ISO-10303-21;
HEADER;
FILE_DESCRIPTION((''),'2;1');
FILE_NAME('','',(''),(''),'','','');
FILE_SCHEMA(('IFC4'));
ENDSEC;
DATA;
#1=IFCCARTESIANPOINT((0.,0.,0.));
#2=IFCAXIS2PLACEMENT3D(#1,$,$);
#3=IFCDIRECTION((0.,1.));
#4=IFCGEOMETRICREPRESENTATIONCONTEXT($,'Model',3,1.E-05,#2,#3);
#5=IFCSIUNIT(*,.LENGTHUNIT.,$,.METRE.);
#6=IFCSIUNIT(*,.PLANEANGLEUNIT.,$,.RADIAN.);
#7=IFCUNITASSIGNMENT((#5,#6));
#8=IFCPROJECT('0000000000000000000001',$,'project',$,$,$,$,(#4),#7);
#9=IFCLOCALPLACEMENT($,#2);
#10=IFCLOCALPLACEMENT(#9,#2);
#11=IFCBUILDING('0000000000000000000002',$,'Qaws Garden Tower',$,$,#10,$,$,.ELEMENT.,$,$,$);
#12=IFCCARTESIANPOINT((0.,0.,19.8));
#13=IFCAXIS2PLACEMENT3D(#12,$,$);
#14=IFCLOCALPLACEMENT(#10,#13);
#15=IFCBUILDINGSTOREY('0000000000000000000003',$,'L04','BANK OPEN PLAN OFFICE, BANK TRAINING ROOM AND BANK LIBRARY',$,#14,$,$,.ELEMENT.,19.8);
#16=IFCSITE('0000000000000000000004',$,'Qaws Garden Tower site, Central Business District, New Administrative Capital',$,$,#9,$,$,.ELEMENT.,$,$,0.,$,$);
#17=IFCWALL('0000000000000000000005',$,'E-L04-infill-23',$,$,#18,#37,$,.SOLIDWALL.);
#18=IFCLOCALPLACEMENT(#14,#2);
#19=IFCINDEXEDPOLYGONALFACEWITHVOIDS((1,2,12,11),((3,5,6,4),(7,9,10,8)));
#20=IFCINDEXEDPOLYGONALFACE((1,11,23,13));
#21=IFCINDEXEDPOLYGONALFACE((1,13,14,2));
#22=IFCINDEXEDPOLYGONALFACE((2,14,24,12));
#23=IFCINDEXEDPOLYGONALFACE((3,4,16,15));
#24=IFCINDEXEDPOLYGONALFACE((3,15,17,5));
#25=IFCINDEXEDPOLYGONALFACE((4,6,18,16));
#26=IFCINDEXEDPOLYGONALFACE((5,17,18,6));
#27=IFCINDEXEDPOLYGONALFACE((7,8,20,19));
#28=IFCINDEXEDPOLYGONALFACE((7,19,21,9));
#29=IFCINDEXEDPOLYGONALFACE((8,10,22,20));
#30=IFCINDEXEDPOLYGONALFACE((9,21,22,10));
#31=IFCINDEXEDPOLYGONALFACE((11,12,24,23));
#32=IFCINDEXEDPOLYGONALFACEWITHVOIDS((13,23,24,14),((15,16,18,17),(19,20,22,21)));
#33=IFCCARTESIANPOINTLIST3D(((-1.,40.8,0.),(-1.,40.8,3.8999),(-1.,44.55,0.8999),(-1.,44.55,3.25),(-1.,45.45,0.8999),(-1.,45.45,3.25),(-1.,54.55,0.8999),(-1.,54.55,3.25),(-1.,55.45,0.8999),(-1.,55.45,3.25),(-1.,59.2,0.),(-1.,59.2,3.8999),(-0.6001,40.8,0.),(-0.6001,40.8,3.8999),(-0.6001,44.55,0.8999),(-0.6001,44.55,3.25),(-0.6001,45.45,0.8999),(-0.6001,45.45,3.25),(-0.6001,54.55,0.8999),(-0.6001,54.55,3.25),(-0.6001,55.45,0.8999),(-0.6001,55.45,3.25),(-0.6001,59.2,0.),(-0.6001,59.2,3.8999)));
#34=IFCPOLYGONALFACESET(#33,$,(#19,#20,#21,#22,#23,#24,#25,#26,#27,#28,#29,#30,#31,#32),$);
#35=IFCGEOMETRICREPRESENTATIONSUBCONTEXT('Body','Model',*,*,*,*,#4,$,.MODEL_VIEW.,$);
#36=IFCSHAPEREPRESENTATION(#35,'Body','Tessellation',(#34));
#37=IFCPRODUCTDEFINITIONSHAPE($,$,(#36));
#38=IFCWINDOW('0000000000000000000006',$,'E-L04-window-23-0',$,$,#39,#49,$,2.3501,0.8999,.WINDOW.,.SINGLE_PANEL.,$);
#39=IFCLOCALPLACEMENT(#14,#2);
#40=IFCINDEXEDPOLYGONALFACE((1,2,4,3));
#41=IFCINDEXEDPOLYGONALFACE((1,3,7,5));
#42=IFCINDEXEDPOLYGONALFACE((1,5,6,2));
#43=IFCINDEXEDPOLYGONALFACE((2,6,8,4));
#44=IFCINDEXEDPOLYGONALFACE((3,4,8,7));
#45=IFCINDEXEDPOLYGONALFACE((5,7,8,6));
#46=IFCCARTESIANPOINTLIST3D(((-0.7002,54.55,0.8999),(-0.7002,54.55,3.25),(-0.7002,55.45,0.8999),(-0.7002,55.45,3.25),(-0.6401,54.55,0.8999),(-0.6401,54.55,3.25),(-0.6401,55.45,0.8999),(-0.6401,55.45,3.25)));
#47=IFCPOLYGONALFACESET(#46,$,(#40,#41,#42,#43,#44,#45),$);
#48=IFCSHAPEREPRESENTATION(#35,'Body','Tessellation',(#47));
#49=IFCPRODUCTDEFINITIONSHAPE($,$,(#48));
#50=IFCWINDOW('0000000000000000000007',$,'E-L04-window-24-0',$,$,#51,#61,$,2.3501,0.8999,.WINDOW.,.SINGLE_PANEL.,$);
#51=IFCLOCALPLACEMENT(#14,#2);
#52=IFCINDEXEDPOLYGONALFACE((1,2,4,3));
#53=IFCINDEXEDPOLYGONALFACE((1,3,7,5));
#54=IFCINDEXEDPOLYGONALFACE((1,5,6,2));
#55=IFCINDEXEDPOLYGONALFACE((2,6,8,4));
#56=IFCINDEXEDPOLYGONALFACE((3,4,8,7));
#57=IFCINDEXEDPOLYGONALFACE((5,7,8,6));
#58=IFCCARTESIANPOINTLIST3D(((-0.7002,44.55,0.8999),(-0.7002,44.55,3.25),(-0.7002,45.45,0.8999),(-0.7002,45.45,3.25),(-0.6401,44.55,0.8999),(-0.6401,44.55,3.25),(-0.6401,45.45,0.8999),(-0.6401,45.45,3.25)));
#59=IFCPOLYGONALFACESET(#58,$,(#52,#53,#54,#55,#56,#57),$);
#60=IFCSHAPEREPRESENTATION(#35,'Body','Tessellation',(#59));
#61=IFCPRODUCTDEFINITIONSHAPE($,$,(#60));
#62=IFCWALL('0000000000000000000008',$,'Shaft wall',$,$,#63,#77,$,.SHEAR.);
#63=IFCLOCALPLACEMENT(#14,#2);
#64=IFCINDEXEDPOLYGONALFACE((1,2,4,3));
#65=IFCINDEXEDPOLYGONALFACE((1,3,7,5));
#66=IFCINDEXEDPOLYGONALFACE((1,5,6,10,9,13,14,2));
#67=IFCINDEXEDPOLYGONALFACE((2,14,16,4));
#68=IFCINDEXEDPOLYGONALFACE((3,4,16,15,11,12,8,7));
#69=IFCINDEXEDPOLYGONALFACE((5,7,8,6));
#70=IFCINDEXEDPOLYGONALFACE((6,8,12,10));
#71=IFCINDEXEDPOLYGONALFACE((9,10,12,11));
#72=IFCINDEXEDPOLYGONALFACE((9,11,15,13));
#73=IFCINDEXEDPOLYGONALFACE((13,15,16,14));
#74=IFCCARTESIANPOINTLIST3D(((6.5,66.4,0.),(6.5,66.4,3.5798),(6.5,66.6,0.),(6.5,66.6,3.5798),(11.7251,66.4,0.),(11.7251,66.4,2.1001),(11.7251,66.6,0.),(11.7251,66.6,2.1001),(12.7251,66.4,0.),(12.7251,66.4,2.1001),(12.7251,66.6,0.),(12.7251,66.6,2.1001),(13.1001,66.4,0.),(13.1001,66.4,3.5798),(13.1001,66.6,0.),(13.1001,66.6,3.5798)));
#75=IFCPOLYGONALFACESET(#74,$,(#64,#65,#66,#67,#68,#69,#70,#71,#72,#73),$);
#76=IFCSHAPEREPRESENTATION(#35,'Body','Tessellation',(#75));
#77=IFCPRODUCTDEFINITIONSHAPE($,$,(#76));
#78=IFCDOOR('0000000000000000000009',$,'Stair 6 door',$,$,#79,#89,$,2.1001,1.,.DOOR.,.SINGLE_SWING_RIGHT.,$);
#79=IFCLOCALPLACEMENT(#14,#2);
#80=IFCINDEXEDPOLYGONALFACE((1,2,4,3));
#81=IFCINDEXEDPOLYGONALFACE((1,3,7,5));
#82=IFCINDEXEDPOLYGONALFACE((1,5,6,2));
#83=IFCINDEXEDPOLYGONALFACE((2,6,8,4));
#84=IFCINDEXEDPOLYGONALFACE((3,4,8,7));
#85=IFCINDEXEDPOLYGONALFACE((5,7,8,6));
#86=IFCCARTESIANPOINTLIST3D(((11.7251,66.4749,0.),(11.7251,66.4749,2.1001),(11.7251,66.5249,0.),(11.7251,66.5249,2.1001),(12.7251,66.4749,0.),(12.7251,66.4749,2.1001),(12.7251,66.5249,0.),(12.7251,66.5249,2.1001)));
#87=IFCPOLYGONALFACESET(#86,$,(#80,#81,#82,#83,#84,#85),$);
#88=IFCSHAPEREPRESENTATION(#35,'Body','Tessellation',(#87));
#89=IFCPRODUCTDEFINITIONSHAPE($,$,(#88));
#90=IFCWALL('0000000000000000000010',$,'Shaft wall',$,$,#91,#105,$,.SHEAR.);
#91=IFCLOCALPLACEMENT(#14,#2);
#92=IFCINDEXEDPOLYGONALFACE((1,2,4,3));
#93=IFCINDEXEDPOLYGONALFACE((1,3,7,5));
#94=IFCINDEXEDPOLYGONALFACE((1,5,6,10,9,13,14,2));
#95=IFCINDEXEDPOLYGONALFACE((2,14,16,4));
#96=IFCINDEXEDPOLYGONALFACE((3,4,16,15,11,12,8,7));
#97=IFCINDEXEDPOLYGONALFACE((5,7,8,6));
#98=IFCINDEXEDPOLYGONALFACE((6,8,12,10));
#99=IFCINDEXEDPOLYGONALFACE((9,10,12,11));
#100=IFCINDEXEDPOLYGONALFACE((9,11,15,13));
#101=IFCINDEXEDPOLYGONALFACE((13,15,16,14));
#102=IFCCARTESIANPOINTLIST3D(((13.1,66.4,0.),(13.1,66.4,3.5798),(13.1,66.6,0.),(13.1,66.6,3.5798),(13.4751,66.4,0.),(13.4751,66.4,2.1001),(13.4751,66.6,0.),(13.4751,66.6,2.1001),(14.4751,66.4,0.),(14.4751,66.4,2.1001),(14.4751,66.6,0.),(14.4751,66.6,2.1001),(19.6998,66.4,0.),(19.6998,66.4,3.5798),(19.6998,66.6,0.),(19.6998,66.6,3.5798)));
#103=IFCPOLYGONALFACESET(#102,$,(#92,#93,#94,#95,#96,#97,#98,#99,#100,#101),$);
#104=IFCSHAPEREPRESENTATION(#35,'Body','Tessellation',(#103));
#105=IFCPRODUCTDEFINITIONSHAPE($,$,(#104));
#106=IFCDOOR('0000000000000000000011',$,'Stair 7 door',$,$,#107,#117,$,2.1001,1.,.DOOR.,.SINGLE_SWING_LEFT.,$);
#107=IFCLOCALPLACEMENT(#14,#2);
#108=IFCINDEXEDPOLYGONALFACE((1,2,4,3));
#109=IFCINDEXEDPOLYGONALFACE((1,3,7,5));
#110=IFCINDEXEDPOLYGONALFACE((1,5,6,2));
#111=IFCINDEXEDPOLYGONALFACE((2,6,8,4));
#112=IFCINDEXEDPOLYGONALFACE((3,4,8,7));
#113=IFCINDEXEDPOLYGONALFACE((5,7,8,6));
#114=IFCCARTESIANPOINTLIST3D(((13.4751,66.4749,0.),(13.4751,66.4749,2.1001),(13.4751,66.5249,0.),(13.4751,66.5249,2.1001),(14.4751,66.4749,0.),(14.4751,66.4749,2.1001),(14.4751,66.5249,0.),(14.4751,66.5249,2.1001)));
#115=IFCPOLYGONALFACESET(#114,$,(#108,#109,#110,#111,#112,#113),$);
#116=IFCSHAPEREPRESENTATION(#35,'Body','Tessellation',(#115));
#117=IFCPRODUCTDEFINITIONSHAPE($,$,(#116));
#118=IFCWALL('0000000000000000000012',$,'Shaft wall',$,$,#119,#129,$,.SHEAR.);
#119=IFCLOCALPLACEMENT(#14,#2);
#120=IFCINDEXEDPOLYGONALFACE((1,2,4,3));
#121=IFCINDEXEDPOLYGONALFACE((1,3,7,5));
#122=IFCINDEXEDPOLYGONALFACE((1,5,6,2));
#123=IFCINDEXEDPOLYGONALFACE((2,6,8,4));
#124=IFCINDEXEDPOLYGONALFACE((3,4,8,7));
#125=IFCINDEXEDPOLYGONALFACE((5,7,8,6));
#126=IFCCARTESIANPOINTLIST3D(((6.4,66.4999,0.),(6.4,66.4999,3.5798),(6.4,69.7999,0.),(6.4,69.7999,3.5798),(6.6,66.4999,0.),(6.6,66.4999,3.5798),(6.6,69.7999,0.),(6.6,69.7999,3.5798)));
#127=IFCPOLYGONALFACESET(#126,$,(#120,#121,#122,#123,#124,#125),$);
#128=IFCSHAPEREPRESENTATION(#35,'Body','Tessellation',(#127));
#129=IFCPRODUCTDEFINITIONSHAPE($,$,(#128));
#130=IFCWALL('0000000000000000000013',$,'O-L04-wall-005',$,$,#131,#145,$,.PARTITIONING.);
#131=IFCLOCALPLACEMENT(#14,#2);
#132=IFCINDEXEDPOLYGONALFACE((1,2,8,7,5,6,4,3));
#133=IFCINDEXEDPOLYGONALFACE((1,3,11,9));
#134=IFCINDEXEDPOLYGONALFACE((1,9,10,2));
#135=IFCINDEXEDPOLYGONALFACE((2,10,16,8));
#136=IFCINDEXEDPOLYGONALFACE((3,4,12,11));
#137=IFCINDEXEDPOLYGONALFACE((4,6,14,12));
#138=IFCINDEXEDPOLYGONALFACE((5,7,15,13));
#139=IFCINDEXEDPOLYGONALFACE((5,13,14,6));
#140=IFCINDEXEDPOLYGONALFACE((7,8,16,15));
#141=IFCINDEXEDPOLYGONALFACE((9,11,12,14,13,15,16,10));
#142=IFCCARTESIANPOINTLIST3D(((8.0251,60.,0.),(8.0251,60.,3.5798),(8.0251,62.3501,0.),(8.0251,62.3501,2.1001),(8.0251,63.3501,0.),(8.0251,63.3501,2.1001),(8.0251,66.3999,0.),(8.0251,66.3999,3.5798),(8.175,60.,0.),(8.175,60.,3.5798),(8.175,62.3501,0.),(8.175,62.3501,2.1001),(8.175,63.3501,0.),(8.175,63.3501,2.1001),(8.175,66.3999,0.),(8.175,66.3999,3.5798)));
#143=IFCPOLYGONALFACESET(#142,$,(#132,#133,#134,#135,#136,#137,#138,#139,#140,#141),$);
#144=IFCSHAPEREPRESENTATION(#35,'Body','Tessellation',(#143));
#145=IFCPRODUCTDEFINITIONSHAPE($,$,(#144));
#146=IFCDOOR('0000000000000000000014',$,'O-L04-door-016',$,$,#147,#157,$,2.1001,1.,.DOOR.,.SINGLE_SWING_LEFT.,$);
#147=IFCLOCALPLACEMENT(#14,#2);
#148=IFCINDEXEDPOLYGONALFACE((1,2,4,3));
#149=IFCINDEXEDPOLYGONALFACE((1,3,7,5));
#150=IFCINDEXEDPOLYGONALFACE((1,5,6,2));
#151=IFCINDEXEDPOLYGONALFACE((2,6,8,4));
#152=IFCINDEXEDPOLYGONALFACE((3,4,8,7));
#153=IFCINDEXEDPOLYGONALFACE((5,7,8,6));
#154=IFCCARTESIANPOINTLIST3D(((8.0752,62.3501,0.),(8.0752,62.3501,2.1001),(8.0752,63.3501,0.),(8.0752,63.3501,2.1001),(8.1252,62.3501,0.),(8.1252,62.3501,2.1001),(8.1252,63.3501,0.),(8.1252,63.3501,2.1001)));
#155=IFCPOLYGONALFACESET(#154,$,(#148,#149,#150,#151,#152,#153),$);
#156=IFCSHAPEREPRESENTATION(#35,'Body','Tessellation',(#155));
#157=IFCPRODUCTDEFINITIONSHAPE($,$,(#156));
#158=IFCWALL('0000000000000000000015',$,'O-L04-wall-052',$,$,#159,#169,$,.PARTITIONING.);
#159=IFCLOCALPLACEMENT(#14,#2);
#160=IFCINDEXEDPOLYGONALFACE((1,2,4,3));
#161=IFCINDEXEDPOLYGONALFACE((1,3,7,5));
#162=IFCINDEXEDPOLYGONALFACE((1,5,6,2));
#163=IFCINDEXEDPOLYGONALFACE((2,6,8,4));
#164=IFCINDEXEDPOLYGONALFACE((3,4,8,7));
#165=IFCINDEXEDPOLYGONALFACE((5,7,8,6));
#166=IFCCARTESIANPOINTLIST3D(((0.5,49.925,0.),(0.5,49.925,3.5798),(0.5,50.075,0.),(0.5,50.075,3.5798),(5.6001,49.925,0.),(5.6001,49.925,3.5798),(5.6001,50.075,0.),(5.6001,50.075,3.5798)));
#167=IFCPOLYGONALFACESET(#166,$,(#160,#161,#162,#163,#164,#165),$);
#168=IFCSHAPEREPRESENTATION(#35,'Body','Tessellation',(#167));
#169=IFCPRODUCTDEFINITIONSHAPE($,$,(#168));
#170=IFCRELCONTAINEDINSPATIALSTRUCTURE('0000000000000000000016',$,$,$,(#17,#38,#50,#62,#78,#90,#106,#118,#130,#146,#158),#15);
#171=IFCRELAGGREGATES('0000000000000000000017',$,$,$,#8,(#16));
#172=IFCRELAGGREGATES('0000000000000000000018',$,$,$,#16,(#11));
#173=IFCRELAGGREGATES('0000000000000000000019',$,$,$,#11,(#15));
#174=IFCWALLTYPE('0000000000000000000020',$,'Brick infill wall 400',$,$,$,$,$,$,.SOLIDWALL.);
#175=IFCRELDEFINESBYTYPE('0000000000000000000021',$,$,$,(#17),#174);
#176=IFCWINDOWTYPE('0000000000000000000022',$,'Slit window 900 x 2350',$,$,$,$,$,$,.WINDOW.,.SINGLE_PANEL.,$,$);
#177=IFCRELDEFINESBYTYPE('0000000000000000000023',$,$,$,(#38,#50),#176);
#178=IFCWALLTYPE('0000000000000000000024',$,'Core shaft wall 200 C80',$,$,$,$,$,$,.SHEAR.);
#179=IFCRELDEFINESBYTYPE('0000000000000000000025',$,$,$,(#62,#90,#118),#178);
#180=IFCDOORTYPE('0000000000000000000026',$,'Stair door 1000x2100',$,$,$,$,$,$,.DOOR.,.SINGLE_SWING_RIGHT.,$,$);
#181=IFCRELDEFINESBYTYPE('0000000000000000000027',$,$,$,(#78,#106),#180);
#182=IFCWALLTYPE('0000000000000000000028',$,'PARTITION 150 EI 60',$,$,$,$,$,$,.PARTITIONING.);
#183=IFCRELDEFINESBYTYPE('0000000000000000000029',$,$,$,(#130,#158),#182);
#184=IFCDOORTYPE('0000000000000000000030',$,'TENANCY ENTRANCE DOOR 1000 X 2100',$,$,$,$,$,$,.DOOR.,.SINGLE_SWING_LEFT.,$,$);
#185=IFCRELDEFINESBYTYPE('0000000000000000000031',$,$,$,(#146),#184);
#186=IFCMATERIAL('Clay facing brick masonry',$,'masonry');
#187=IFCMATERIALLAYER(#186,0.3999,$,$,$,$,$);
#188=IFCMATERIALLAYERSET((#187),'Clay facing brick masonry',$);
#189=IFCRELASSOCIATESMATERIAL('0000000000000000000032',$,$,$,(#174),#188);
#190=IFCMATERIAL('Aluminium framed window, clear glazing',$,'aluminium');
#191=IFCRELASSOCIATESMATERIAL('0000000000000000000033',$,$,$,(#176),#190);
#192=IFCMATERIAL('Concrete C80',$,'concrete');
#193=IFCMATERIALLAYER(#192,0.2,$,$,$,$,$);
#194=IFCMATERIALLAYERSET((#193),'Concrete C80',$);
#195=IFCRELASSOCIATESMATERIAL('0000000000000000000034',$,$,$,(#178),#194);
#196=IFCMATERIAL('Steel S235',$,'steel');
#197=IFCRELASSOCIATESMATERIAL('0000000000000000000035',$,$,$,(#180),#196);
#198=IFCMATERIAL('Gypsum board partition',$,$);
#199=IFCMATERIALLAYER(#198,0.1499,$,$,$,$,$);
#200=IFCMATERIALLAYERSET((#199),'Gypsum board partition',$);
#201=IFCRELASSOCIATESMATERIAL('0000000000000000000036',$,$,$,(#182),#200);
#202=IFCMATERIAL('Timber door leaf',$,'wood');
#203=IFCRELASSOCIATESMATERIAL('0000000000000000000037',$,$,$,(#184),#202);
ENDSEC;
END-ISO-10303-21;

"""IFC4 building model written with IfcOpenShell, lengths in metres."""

from ifc_helpers import new_model, si_unit, direction, frame, frame_2d, origin, place, context, subcontext, project, spatial, rectangle, extrude, material, layer, layer_set, type_object, element, fill, save


model = new_model("IFC4")

# Units and contexts
model_context = context("Model", 3, precision=1e-05, world=origin(), true_north=direction((0.0, 1.0)))
body_context = subcontext(model_context, "Body", "Model", "MODEL_VIEW")
ifc_project = project(units=[si_unit("LENGTHUNIT", "METRE"), si_unit("PLANEANGLEUNIT", "RADIAN")], contexts=[model_context])

# Site, building, storey
site_placement = place(None, origin())
site = spatial("IfcSite", under=ifc_project, at=site_placement, Name="Qaws Garden Tower site, Central Business District, New Administrative Capital", CompositionType="ELEMENT", RefElevation=0.0)
building_placement = place(site_placement, origin())
building = spatial("IfcBuilding", under=site, at=building_placement, Name="Qaws Garden Tower", CompositionType="ELEMENT")
storey_placement = place(building_placement, frame((0.0, 0.0, 19.8)))
storey = spatial("IfcBuildingStorey", under=building, at=storey_placement, Name="L04", Description="BANK OPEN PLAN OFFICE, BANK TRAINING ROOM AND BANK LIBRARY", CompositionType="ELEMENT", Elevation=19.8)

# Shared definitions
ifc_material_1 = material(Name="Clay facing brick masonry", Category="masonry")
ifc_layer_1 = layer(ifc_material_1, 0.3999)
ifc_layer_set_1 = layer_set([ifc_layer_1], Name="Clay facing brick masonry")
wall_type_1 = type_object("IfcWallType", Name="Brick infill wall 400", PredefinedType="SOLIDWALL", material=ifc_layer_set_1)

# Wall, openings, windows
wall_1_placement = place(storey_placement, frame((-0.8, 59.2, 0.0), z_axis=(0.0, 0.0, 1.0), x_axis=(0.0, -1.0, 0.0)))
wall_1 = element("IfcWall", 1, at=wall_1_placement, inside=storey, type_object=wall_type_1, Name="E-L04-infill-23", PredefinedType="SOLIDWALL", context=body_context, shape_type="SweptSolid", body=[
    extrude(rectangle(XDim=18.3999, YDim=0.3999, at=frame_2d((9.2, 0.0))), origin(), (0.0, 0.0, 1.0), 3.8999),
])
opening_1_placement = place(wall_1_placement, frame((3.75, 0.0, 0.8999)))
opening_1 = element("IfcOpeningElement", 2, at=opening_1_placement, cuts=wall_1, PredefinedType="OPENING", context=body_context, shape_type="SweptSolid", body=[
    extrude(rectangle(XDim=0.8999, YDim=2.3501, at=frame_2d((0.45, 1.175))), frame((0.0, 0.21, 0.0), z_axis=(0.0, -1.0, 0.0), x_axis=(1.0, 0.0, 0.0)), (0.0, 0.0, 1.0), 0.4199),
])
opening_2_placement = place(wall_1_placement, frame((13.75, 0.0, 0.8999)))
opening_2 = element("IfcOpeningElement", 3, at=opening_2_placement, cuts=wall_1, PredefinedType="OPENING", context=body_context, shape_type="SweptSolid", body=[
    extrude(rectangle(XDim=0.8999, YDim=2.3501, at=frame_2d((0.45, 1.175))), frame((0.0, 0.21, 0.0), z_axis=(0.0, -1.0, 0.0), x_axis=(1.0, 0.0, 0.0)), (0.0, 0.0, 1.0), 0.4199),
])
ifc_material_2 = material(Name="Aluminium framed window, clear glazing", Category="aluminium")
window_type_1 = type_object("IfcWindowType", Name="Slit window 900 x 2350", PartitioningType="SINGLE_PANEL", PredefinedType="WINDOW", material=ifc_material_2)
window_1_placement = place(opening_1_placement, origin())
window_1 = element("IfcWindow", 4, at=window_1_placement, inside=storey, type_object=window_type_1, Name="E-L04-window-23-0", OverallHeight=2.3501, OverallWidth=0.8999, PartitioningType="SINGLE_PANEL", PredefinedType="WINDOW", context=body_context, shape_type="SweptSolid", body=[
    extrude(rectangle(XDim=0.8999, YDim=2.3501, at=frame_2d((0.45, 1.175))), frame((0.0, 0.1599, 0.0), z_axis=(0.0, -1.0, 0.0), x_axis=(1.0, 0.0, 0.0)), (0.0, 0.0, 1.0), 0.0601),
])
fill(opening_1, window_1)
window_2_placement = place(opening_2_placement, origin())
window_2 = element("IfcWindow", 5, at=window_2_placement, inside=storey, type_object=window_type_1, Name="E-L04-window-24-0", OverallHeight=2.3501, OverallWidth=0.8999, PartitioningType="SINGLE_PANEL", PredefinedType="WINDOW", context=body_context, shape_type="SweptSolid", body=[
    extrude(rectangle(XDim=0.8999, YDim=2.3501, at=frame_2d((0.45, 1.175))), frame((0.0, 0.1599, 0.0), z_axis=(0.0, -1.0, 0.0), x_axis=(1.0, 0.0, 0.0)), (0.0, 0.0, 1.0), 0.0601),
])
fill(opening_2, window_2)

# Walls, openings, doors
ifc_material_3 = material(Name="Concrete C80", Category="concrete")
ifc_layer_2 = layer(ifc_material_3, 0.2)
ifc_layer_set_2 = layer_set([ifc_layer_2], Name="Concrete C80")
wall_type_2 = type_object("IfcWallType", Name="Core shaft wall 200 C80", PredefinedType="SHEAR", material=ifc_layer_set_2)
wall_2_placement = place(storey_placement, frame((6.5, 66.5, 0.0), z_axis=(0.0, 0.0, 1.0), x_axis=(1.0, 0.0, 0.0)))
wall_2 = element("IfcWall", 6, at=wall_2_placement, inside=storey, type_object=wall_type_2, Name="Shaft wall", PredefinedType="SHEAR", context=body_context, shape_type="SweptSolid", body=[
    extrude(rectangle(XDim=6.6001, YDim=0.2, at=frame_2d((3.3, 0.0))), origin(), (0.0, 0.0, 1.0), 3.5798),
])
opening_3_placement = place(wall_2_placement, frame((5.2251, 0.0, 0.0)))
opening_3 = element("IfcOpeningElement", 7, at=opening_3_placement, cuts=wall_2, PredefinedType="OPENING", context=body_context, shape_type="SweptSolid", body=[
    extrude(rectangle(XDim=1.0, YDim=2.1001, at=frame_2d((0.5, 1.05))), frame((0.0, 0.1099, 0.0), z_axis=(0.0, -1.0, 0.0), x_axis=(1.0, 0.0, 0.0)), (0.0, 0.0, 1.0), 0.22),
])
ifc_material_4 = material(Name="Steel S235", Category="steel")
door_type_1 = type_object("IfcDoorType", Name="Stair door 1000x2100", OperationType="SINGLE_SWING_RIGHT", PredefinedType="DOOR", material=ifc_material_4)
door_1_placement = place(opening_3_placement, origin())
door_1 = element("IfcDoor", 8, at=door_1_placement, inside=storey, type_object=door_type_1, Name="Stair 6 door", OperationType="SINGLE_SWING_RIGHT", OverallHeight=2.1001, OverallWidth=1.0, PredefinedType="DOOR", context=body_context, shape_type="SweptSolid", body=[
    extrude(rectangle(XDim=1.0, YDim=2.1001, at=frame_2d((0.5, 1.05))), frame((0.0, 0.0249, 0.0), z_axis=(0.0, -1.0, 0.0), x_axis=(1.0, 0.0, 0.0)), (0.0, 0.0, 1.0), 0.05),
])
fill(opening_3, door_1)
wall_3_placement = place(storey_placement, frame((13.1001, 66.5, 0.0), z_axis=(0.0, 0.0, 1.0), x_axis=(1.0, 0.0, 0.0)))
wall_3 = element("IfcWall", 9, at=wall_3_placement, inside=storey, type_object=wall_type_2, Name="Shaft wall", PredefinedType="SHEAR", context=body_context, shape_type="SweptSolid", body=[
    extrude(rectangle(XDim=6.5999, YDim=0.2, at=frame_2d((3.2998, 0.0))), origin(), (0.0, 0.0, 1.0), 3.5798),
])
opening_4_placement = place(wall_3_placement, frame((0.375, 0.0, 0.0)))
opening_4 = element("IfcOpeningElement", 10, at=opening_4_placement, cuts=wall_3, PredefinedType="OPENING", context=body_context, shape_type="SweptSolid", body=[
    extrude(rectangle(XDim=1.0, YDim=2.1001, at=frame_2d((0.5, 1.05))), frame((0.0, 0.1099, 0.0), z_axis=(0.0, -1.0, 0.0), x_axis=(1.0, 0.0, 0.0)), (0.0, 0.0, 1.0), 0.22),
])
door_2_placement = place(opening_4_placement, origin())
door_2 = element("IfcDoor", 11, at=door_2_placement, inside=storey, type_object=door_type_1, Name="Stair 7 door", OperationType="SINGLE_SWING_LEFT", OverallHeight=2.1001, OverallWidth=1.0, PredefinedType="DOOR", context=body_context, shape_type="SweptSolid", body=[
    extrude(rectangle(XDim=1.0, YDim=2.1001, at=frame_2d((0.5, 1.05))), frame((0.0, 0.0249, 0.0), z_axis=(0.0, -1.0, 0.0), x_axis=(1.0, 0.0, 0.0)), (0.0, 0.0, 1.0), 0.05),
])
fill(opening_4, door_2)

# Wall
wall_4_placement = place(storey_placement, frame((6.5, 66.5, 0.0), z_axis=(0.0, 0.0, 1.0), x_axis=(0.0, 1.0, 0.0)))
element("IfcWall", 12, at=wall_4_placement, inside=storey, type_object=wall_type_2, Name="Shaft wall", PredefinedType="SHEAR", context=body_context, shape_type="SweptSolid", body=[
    extrude(rectangle(XDim=3.3, YDim=0.2, at=frame_2d((1.6499, 0.0))), origin(), (0.0, 0.0, 1.0), 3.5798),
])

# Wall, opening, door
ifc_material_5 = material(Name="Gypsum board partition")
ifc_layer_3 = layer(ifc_material_5, 0.1499)
ifc_layer_set_3 = layer_set([ifc_layer_3], Name="Gypsum board partition")
wall_type_3 = type_object("IfcWallType", Name="PARTITION 150 EI 60", PredefinedType="PARTITIONING", material=ifc_layer_set_3)
wall_5_placement = place(storey_placement, frame((8.1001, 60.0, 0.0), z_axis=(0.0, 0.0, 1.0), x_axis=(0.0, 1.0, 0.0)))
wall_5 = element("IfcWall", 13, at=wall_5_placement, inside=storey, type_object=wall_type_3, Name="O-L04-wall-005", PredefinedType="PARTITIONING", context=body_context, shape_type="SweptSolid", body=[
    extrude(rectangle(XDim=6.3999, YDim=0.1499, at=frame_2d((3.2, 0.0))), origin(), (0.0, 0.0, 1.0), 3.5798),
])
opening_5_placement = place(wall_5_placement, frame((2.3501, 0.0, 0.0)))
opening_5 = element("IfcOpeningElement", 14, at=opening_5_placement, cuts=wall_5, PredefinedType="OPENING", context=body_context, shape_type="SweptSolid", body=[
    extrude(rectangle(XDim=1.0, YDim=2.1001, at=frame_2d((0.5, 1.05))), frame((0.0, 0.085, 0.0), z_axis=(0.0, -1.0, 0.0), x_axis=(1.0, 0.0, 0.0)), (0.0, 0.0, 1.0), 0.1699),
])
ifc_material_6 = material(Name="Timber door leaf", Category="wood")
door_type_2 = type_object("IfcDoorType", Name="TENANCY ENTRANCE DOOR 1000 X 2100", OperationType="SINGLE_SWING_LEFT", PredefinedType="DOOR", material=ifc_material_6)
door_3_placement = place(opening_5_placement, origin())
door_3 = element("IfcDoor", 15, at=door_3_placement, inside=storey, type_object=door_type_2, Name="O-L04-door-016", OperationType="SINGLE_SWING_LEFT", OverallHeight=2.1001, OverallWidth=1.0, PredefinedType="DOOR", context=body_context, shape_type="SweptSolid", body=[
    extrude(rectangle(XDim=1.0, YDim=2.1001, at=frame_2d((0.5, 1.05))), frame((0.0, 0.0249, 0.0), z_axis=(0.0, -1.0, 0.0), x_axis=(1.0, 0.0, 0.0)), (0.0, 0.0, 1.0), 0.05),
])
fill(opening_5, door_3)

# Wall
wall_6_placement = place(storey_placement, frame((0.5, 50.0, 0.0), z_axis=(0.0, 0.0, 1.0), x_axis=(1.0, 0.0, 0.0)))
element("IfcWall", 16, at=wall_6_placement, inside=storey, type_object=wall_type_3, Name="O-L04-wall-052", PredefinedType="PARTITIONING", context=body_context, shape_type="SweptSolid", body=[
    extrude(rectangle(XDim=5.1001, YDim=0.1499, at=frame_2d((2.55, 0.0))), origin(), (0.0, 0.0, 1.0), 3.5798),
])

save(model, "model.ifc")
